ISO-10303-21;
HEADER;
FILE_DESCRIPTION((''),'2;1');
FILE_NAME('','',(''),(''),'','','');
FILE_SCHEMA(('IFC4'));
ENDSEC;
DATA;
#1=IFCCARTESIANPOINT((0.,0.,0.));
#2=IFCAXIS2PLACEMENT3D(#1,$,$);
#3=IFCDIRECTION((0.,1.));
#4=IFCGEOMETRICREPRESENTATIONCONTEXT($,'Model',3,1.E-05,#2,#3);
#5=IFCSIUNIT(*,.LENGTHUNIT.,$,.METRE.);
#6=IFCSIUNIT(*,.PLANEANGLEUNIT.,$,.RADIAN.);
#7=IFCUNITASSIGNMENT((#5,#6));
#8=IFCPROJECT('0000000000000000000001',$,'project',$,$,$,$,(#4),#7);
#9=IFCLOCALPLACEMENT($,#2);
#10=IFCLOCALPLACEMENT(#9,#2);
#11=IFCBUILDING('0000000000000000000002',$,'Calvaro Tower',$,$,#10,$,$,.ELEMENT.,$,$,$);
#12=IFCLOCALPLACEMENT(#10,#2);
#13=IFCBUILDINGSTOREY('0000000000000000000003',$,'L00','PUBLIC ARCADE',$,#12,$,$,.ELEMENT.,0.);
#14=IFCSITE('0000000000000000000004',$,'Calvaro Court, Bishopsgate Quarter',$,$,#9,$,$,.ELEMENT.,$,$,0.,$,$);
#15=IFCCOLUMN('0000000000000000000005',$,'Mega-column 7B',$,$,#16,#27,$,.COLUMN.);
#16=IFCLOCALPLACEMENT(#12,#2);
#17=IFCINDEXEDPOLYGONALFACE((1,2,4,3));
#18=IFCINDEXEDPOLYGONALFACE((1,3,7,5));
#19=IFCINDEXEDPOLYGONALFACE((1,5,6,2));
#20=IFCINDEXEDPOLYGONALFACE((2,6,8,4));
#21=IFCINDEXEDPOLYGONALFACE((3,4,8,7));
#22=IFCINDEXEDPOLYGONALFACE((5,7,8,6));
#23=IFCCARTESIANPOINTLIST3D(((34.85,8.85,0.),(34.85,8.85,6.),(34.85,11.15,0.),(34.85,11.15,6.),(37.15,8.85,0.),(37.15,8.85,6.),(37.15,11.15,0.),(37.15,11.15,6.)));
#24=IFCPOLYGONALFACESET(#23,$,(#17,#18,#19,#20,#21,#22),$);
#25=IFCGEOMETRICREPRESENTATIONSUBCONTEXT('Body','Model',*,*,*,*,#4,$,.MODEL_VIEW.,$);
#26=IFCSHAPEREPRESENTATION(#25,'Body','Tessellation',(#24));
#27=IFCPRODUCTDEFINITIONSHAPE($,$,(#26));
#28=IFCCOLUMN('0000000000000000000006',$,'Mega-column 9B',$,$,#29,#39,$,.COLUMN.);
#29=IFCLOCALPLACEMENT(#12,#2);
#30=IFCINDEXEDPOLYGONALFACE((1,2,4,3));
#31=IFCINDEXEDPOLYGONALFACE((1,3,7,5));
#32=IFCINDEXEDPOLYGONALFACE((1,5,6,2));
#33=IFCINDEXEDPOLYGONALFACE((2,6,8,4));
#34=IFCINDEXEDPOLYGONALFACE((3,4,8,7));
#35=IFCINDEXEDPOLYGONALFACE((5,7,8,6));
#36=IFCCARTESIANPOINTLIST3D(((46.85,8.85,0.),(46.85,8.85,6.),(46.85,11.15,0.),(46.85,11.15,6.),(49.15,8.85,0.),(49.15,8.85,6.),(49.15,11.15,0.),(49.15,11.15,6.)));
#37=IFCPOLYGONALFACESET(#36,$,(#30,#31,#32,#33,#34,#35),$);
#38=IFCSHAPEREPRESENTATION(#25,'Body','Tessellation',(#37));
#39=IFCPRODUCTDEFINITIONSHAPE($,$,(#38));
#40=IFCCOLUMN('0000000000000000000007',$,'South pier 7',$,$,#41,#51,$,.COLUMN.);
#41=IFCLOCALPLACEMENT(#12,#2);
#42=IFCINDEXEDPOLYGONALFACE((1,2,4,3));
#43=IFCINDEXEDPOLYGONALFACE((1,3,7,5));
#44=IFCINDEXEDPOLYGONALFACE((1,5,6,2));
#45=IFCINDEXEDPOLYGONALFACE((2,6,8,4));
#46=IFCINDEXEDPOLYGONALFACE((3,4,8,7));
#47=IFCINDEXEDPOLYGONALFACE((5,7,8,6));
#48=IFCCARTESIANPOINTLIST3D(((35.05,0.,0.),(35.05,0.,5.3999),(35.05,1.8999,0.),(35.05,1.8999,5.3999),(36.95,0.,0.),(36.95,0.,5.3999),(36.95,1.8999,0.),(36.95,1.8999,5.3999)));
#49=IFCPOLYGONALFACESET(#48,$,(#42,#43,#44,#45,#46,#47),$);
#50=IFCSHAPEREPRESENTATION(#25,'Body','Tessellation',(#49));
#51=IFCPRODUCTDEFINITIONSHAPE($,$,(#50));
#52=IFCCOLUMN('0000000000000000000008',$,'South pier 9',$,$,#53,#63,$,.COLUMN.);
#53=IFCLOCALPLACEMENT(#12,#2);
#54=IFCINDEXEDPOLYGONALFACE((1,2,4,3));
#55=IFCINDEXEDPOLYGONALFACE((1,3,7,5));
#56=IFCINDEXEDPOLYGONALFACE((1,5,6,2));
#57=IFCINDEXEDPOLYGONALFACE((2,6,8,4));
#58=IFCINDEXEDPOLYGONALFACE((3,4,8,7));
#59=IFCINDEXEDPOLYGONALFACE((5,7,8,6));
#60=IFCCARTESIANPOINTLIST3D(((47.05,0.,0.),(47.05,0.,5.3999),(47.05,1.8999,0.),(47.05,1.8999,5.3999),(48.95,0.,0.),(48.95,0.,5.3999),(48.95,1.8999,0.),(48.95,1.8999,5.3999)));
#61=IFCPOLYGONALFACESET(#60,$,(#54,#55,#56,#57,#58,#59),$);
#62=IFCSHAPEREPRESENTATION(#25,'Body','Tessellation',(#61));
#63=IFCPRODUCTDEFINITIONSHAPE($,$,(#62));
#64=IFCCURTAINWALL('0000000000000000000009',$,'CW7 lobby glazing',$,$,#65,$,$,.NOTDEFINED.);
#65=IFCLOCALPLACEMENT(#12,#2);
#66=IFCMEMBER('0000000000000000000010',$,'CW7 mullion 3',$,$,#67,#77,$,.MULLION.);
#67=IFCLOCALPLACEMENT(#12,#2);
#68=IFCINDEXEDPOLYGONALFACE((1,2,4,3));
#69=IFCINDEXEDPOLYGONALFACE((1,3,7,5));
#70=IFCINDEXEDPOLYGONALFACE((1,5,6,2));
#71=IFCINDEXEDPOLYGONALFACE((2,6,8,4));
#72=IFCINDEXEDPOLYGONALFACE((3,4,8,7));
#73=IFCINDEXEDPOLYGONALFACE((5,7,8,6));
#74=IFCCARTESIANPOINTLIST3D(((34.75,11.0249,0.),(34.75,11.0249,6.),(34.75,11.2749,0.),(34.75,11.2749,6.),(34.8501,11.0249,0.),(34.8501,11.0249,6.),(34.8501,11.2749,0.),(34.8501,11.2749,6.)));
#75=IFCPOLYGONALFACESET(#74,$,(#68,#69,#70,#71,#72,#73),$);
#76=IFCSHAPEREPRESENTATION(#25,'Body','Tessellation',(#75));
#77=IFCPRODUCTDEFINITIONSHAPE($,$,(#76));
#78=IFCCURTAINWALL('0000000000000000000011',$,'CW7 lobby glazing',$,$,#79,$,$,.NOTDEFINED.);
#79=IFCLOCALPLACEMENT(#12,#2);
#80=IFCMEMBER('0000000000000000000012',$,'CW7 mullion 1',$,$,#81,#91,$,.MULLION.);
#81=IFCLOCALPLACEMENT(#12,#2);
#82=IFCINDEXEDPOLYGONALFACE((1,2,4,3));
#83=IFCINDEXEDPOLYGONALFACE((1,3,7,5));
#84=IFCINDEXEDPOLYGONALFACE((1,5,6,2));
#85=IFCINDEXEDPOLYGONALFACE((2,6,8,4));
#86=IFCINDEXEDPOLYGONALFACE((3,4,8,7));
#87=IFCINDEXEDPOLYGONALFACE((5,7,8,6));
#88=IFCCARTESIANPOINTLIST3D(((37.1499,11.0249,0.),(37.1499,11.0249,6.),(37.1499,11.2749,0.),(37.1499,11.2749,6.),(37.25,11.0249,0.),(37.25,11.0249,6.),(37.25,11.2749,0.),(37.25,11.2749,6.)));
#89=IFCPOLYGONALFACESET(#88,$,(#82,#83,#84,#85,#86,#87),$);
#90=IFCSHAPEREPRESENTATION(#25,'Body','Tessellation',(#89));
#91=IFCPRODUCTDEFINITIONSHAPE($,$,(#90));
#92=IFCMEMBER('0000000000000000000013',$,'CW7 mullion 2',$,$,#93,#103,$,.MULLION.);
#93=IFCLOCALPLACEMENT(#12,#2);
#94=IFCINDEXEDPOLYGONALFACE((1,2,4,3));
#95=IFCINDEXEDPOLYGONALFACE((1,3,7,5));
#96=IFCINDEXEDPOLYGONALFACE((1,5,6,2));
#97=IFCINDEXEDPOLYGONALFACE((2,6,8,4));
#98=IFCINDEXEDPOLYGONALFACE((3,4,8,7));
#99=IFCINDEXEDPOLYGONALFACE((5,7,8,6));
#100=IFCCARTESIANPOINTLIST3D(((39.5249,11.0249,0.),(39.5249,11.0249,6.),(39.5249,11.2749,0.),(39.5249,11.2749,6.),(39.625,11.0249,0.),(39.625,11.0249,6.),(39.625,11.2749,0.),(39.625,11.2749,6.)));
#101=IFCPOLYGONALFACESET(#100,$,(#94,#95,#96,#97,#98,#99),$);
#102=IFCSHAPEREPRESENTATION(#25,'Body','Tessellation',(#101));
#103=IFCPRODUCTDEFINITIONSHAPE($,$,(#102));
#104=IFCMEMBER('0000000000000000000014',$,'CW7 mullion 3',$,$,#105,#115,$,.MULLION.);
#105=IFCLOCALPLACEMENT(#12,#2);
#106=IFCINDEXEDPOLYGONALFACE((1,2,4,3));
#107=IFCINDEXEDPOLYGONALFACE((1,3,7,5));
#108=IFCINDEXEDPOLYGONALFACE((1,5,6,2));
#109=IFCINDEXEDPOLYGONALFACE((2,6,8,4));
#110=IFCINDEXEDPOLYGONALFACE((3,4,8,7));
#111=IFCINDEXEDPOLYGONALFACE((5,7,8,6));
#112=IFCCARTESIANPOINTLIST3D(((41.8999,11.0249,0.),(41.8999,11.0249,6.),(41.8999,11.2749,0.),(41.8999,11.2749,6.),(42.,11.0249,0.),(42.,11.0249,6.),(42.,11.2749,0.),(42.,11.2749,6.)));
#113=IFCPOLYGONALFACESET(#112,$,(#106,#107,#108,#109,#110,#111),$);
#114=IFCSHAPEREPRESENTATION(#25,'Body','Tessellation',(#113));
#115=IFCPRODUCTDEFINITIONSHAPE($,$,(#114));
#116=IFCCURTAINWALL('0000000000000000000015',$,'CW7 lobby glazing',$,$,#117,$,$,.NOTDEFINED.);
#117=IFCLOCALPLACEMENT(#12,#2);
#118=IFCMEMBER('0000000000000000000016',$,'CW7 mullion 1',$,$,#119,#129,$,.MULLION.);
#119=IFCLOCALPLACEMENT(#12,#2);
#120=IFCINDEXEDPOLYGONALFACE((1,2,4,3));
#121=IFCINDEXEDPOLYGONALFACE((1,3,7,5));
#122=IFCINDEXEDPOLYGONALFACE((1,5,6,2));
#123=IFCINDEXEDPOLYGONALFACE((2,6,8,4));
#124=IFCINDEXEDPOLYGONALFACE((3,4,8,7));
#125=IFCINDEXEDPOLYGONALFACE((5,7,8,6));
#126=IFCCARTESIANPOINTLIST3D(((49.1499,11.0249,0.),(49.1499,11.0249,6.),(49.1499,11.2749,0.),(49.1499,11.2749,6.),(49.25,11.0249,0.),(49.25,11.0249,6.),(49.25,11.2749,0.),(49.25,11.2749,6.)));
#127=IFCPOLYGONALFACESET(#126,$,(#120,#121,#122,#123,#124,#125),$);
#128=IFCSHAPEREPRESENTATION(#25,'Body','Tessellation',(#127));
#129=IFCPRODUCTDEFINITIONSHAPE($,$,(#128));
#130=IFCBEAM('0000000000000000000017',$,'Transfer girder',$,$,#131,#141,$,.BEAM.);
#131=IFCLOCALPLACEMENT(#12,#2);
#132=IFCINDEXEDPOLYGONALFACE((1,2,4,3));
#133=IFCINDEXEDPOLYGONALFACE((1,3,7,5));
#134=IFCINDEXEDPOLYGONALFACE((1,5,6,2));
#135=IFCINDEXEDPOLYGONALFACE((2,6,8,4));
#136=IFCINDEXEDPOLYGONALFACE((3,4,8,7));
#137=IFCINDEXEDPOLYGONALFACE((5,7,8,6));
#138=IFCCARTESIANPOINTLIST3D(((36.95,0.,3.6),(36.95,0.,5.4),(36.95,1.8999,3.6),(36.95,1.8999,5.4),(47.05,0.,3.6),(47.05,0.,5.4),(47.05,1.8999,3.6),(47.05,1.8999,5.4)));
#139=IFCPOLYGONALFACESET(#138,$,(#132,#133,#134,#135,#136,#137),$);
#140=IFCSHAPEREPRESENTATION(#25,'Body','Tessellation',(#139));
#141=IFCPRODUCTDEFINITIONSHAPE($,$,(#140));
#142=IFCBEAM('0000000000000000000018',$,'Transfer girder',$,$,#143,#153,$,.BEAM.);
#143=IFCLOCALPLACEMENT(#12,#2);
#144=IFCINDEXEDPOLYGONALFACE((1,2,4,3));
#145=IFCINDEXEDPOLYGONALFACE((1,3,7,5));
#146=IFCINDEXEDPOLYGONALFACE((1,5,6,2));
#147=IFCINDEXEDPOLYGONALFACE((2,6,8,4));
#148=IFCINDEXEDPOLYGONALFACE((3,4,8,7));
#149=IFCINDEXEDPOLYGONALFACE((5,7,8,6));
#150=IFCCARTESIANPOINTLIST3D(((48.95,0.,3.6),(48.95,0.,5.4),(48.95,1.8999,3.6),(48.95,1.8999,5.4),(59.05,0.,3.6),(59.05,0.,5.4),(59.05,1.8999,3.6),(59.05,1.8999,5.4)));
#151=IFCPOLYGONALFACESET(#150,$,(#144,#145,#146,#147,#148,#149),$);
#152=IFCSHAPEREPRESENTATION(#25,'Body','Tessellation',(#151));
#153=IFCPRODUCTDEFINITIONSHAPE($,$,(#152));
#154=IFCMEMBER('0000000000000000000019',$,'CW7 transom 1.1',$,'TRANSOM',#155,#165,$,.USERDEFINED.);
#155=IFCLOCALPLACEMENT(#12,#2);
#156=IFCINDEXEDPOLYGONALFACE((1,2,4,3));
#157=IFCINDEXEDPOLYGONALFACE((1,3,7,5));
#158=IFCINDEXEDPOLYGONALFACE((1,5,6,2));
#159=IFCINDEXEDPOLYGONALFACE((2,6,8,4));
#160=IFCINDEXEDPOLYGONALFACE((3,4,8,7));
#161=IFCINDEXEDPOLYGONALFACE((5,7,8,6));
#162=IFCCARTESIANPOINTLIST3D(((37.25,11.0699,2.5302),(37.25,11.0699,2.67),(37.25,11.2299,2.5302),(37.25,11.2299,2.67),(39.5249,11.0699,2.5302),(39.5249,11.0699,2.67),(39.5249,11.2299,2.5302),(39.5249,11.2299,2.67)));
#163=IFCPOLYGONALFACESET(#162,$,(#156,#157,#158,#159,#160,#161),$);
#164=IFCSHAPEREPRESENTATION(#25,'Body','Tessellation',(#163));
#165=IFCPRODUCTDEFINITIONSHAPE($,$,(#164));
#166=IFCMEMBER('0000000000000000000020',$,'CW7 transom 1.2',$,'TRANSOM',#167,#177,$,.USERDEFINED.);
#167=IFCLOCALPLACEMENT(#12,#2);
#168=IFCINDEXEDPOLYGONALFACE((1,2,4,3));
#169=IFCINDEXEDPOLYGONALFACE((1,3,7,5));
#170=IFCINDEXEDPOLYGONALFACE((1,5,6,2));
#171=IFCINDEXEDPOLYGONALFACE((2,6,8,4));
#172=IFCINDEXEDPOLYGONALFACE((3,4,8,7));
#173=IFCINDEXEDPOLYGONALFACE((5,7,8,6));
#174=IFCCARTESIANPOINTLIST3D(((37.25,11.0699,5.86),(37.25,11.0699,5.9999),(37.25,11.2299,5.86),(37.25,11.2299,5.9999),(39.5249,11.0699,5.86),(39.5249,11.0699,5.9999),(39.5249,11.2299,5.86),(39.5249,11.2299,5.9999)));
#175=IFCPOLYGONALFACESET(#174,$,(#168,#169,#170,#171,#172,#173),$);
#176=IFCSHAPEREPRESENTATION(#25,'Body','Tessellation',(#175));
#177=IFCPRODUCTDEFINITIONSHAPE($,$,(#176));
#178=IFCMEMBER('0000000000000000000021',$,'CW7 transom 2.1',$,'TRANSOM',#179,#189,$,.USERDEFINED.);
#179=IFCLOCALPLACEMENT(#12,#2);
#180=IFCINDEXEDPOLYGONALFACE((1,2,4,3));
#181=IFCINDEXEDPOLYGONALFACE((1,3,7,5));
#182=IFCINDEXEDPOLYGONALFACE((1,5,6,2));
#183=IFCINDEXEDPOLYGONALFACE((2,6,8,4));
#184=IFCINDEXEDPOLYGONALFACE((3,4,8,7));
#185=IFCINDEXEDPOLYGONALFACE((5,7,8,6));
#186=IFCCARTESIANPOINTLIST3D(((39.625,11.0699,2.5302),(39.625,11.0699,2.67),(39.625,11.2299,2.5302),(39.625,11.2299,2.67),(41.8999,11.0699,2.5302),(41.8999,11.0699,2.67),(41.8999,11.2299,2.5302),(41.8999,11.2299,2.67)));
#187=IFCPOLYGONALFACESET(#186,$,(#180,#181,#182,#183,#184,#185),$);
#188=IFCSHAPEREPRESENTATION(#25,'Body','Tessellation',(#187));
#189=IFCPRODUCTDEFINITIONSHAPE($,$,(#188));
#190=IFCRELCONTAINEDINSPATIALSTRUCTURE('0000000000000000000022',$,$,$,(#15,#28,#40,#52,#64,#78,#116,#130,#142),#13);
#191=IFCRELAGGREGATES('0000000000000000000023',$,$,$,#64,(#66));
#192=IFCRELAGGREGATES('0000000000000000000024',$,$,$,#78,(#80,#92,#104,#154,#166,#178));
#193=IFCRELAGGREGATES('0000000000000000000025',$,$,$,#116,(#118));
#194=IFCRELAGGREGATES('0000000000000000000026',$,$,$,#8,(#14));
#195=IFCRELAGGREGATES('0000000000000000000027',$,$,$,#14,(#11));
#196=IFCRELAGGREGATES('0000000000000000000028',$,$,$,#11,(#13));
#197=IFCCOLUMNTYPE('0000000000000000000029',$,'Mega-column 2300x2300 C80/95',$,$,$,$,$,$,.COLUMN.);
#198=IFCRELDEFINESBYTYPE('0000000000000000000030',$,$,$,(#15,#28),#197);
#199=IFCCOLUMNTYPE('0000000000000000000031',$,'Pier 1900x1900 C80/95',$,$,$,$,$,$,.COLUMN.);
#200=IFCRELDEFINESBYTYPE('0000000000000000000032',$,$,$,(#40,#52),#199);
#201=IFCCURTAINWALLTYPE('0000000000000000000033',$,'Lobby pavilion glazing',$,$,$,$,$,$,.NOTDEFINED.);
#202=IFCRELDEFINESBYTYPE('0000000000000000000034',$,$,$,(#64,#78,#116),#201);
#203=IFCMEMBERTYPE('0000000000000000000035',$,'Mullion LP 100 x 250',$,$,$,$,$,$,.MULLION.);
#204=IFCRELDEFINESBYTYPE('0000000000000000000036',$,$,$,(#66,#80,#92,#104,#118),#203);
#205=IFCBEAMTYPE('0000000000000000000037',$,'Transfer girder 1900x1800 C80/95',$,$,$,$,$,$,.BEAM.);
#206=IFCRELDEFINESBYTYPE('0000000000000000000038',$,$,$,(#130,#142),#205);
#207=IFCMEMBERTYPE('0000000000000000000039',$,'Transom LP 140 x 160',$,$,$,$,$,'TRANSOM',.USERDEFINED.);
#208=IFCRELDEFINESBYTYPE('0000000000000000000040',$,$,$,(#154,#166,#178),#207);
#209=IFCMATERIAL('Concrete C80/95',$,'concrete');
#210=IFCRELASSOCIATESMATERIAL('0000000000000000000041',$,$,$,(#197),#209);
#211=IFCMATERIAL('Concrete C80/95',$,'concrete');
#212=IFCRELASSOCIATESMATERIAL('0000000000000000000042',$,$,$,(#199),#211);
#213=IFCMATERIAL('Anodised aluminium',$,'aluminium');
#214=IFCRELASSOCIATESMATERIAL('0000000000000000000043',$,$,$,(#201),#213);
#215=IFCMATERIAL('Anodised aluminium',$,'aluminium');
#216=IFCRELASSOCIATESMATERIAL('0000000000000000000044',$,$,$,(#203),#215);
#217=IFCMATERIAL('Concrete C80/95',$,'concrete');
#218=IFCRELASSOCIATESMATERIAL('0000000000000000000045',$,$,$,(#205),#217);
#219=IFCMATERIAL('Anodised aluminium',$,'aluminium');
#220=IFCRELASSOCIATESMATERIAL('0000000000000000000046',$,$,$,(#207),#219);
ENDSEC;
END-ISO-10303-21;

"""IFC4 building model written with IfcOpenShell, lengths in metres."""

from ifc_helpers import new_model, si_unit, direction, frame, origin, origin_2d, place, context, subcontext, project, spatial, rectangle, extrude, material, material_profile, profile_set, type_object, element, aggregate, save


model = new_model("IFC4")

# Units and contexts
model_context = context("Model", 3, precision=1e-05, world=origin(), true_north=direction((0.0, 1.0)))
body_context = subcontext(model_context, "Body", "Model", "MODEL_VIEW")
ifc_project = project(units=[si_unit("LENGTHUNIT", "METRE"), si_unit("PLANEANGLEUNIT", "RADIAN")], contexts=[model_context])

# Site, building, storey
site_placement = place(None, origin())
site = spatial("IfcSite", under=ifc_project, at=site_placement, Name="Calvaro Court, Bishopsgate Quarter", CompositionType="ELEMENT", RefElevation=0.0)
building_placement = place(site_placement, origin())
building = spatial("IfcBuilding", under=site, at=building_placement, Name="Calvaro Tower", CompositionType="ELEMENT")
storey_placement = place(building_placement, origin())
storey = spatial("IfcBuildingStorey", under=building, at=storey_placement, Name="L00", Description="PUBLIC ARCADE", CompositionType="ELEMENT", Elevation=0.0)

# Columns
ifc_material_1 = material(Name="Concrete C80/95", Category="concrete")
ifc_material_profile_1 = material_profile(ifc_material_1, rectangle(XDim=2.3, YDim=2.3, at=origin_2d()), Name="RC 2300x2300")
ifc_profile_set_1 = profile_set([ifc_material_profile_1], Name="Concrete C80/95")
column_type_1 = type_object("IfcColumnType", Name="Mega-column 2300x2300 C80/95", PredefinedType="COLUMN", material=ifc_profile_set_1)
for number, where, z_axis, x_axis, name in (
    (1, (36.0, 10.0, 0.0), (0.0, 0.0, 1.0), (1.0, 0.0, 0.0), "Mega-column 7B"),
    (2, (48.0, 10.0, 0.0), (0.0, 0.0, 1.0), (1.0, 0.0, 0.0), "Mega-column 9B"),
):
    element("IfcColumn", number, at=place(storey_placement, frame(where, z_axis=z_axis, x_axis=x_axis)), inside=storey, type_object=column_type_1, Name=name, PredefinedType="COLUMN", context=body_context, shape_type="SweptSolid", body=[
        extrude(rectangle(XDim=2.3, YDim=2.3, at=origin_2d()), origin(), (0.0, 0.0, 1.0), 6.0),
    ])
ifc_material_2 = material(Name="Concrete C80/95", Category="concrete")
ifc_material_profile_2 = material_profile(ifc_material_2, rectangle(XDim=1.8999, YDim=1.8999, at=origin_2d()), Name="RC 1900x1900")
ifc_profile_set_2 = profile_set([ifc_material_profile_2], Name="Concrete C80/95")
column_type_2 = type_object("IfcColumnType", Name="Pier 1900x1900 C80/95", PredefinedType="COLUMN", material=ifc_profile_set_2)
for number, where, z_axis, x_axis, name in (
    (3, (36.0, 0.95, 0.0), (0.0, 0.0, 1.0), (1.0, 0.0, 0.0), "South pier 7"),
    (4, (48.0, 0.95, 0.0), (0.0, 0.0, 1.0), (1.0, 0.0, 0.0), "South pier 9"),
):
    element("IfcColumn", number, at=place(storey_placement, frame(where, z_axis=z_axis, x_axis=x_axis)), inside=storey, type_object=column_type_2, Name=name, PredefinedType="COLUMN", context=body_context, shape_type="SweptSolid", body=[
        extrude(rectangle(XDim=1.8999, YDim=1.8999, at=origin_2d()), origin(), (0.0, 0.0, 1.0), 5.3999),
    ])

# Curtain wall, member
ifc_material_3 = material(Name="Anodised aluminium", Category="aluminium")
curtain_wall_type = type_object("IfcCurtainWallType", Name="Lobby pavilion glazing", PredefinedType="NOTDEFINED", material=ifc_material_3)
curtain_wall_1_placement = place(storey_placement, origin())
curtain_wall_1 = element("IfcCurtainWall", 5, at=curtain_wall_1_placement, inside=storey, type_object=curtain_wall_type, Name="CW7 lobby glazing", PredefinedType="NOTDEFINED")
ifc_material_4 = material(Name="Anodised aluminium", Category="aluminium")
ifc_material_profile_3 = material_profile(ifc_material_4, rectangle(XDim=0.25, YDim=0.1001, at=origin_2d()), Name="Mullion LP 100 x 250")
ifc_profile_set_3 = profile_set([ifc_material_profile_3], Name="Anodised aluminium")
member_type_1 = type_object("IfcMemberType", Name="Mullion LP 100 x 250", PredefinedType="MULLION", material=ifc_profile_set_3)
member_1_placement = place(storey_placement, frame((34.8, 11.1499, 0.0), z_axis=(0.0, 0.0, 1.0), x_axis=(0.0, 1.0, 0.0)))
member_1 = element("IfcMember", 6, at=member_1_placement, type_object=member_type_1, Name="CW7 mullion 3", PredefinedType="MULLION", context=body_context, shape_type="SweptSolid", body=[
    extrude(rectangle(XDim=0.25, YDim=0.1001, at=origin_2d()), origin(), (0.0, 0.0, 1.0), 6.0),
])

# Curtain wall, members
curtain_wall_2_placement = place(storey_placement, origin())
curtain_wall_2 = element("IfcCurtainWall", 7, at=curtain_wall_2_placement, inside=storey, type_object=curtain_wall_type, Name="CW7 lobby glazing", PredefinedType="NOTDEFINED")
member_2_placement = place(storey_placement, frame((37.2, 11.1499, 0.0), z_axis=(0.0, 0.0, 1.0), x_axis=(0.0, 1.0, 0.0)))
member_2 = element("IfcMember", 8, at=member_2_placement, type_object=member_type_1, Name="CW7 mullion 1", PredefinedType="MULLION", context=body_context, shape_type="SweptSolid", body=[
    extrude(rectangle(XDim=0.25, YDim=0.1001, at=origin_2d()), origin(), (0.0, 0.0, 1.0), 6.0),
])
member_3_placement = place(storey_placement, frame((39.575, 11.1499, 0.0), z_axis=(0.0, 0.0, 1.0), x_axis=(0.0, 1.0, 0.0)))
member_3 = element("IfcMember", 9, at=member_3_placement, type_object=member_type_1, Name="CW7 mullion 2", PredefinedType="MULLION", context=body_context, shape_type="SweptSolid", body=[
    extrude(rectangle(XDim=0.25, YDim=0.1001, at=origin_2d()), origin(), (0.0, 0.0, 1.0), 6.0),
])
member_4_placement = place(storey_placement, frame((41.95, 11.1499, 0.0), z_axis=(0.0, 0.0, 1.0), x_axis=(0.0, 1.0, 0.0)))
member_4 = element("IfcMember", 10, at=member_4_placement, type_object=member_type_1, Name="CW7 mullion 3", PredefinedType="MULLION", context=body_context, shape_type="SweptSolid", body=[
    extrude(rectangle(XDim=0.25, YDim=0.1001, at=origin_2d()), origin(), (0.0, 0.0, 1.0), 6.0),
])

# Curtain wall, member
curtain_wall_3_placement = place(storey_placement, origin())
curtain_wall_3 = element("IfcCurtainWall", 11, at=curtain_wall_3_placement, inside=storey, type_object=curtain_wall_type, Name="CW7 lobby glazing", PredefinedType="NOTDEFINED")
member_5_placement = place(storey_placement, frame((49.2, 11.1499, 0.0), z_axis=(0.0, 0.0, 1.0), x_axis=(0.0, 1.0, 0.0)))
member_5 = element("IfcMember", 12, at=member_5_placement, type_object=member_type_1, Name="CW7 mullion 1", PredefinedType="MULLION", context=body_context, shape_type="SweptSolid", body=[
    extrude(rectangle(XDim=0.25, YDim=0.1001, at=origin_2d()), origin(), (0.0, 0.0, 1.0), 6.0),
])

# Beams
ifc_material_5 = material(Name="Concrete C80/95", Category="concrete")
ifc_material_profile_4 = material_profile(ifc_material_5, rectangle(XDim=1.8999, YDim=1.8, at=origin_2d()), Name="RC 1900x1800")
ifc_profile_set_4 = profile_set([ifc_material_profile_4], Name="Concrete C80/95")
beam_type = type_object("IfcBeamType", Name="Transfer girder 1900x1800 C80/95", PredefinedType="BEAM", material=ifc_profile_set_4)
for number, where, z_axis, x_axis, name in (
    (13, (36.95, 0.95, 4.5), (1.0, 0.0, 0.0), (0.0, 1.0, 0.0), "Transfer girder"),
    (14, (48.95, 0.95, 4.5), (1.0, 0.0, 0.0), (0.0, 1.0, 0.0), "Transfer girder"),
):
    element("IfcBeam", number, at=place(storey_placement, frame(where, z_axis=z_axis, x_axis=x_axis)), inside=storey, type_object=beam_type, Name=name, PredefinedType="BEAM", context=body_context, shape_type="SweptSolid", body=[
        extrude(rectangle(XDim=1.8999, YDim=1.8, at=origin_2d()), origin(), (0.0, 0.0, 1.0), 10.1001),
    ])

# Members
ifc_material_6 = material(Name="Anodised aluminium", Category="aluminium")
ifc_material_profile_5 = material_profile(ifc_material_6, rectangle(XDim=0.1599, YDim=0.1399, at=origin_2d()), Name="Transom LP 140 x 160")
ifc_profile_set_5 = profile_set([ifc_material_profile_5], Name="Anodised aluminium")
member_type_2 = type_object("IfcMemberType", Name="Transom LP 140 x 160", ElementType="TRANSOM", PredefinedType="USERDEFINED", material=ifc_profile_set_5)
member_6_placement = place(storey_placement, frame((37.25, 11.1499, 2.6001), z_axis=(1.0, 0.0, 0.0), x_axis=(0.0, 1.0, 0.0)))
member_6 = element("IfcMember", 15, at=member_6_placement, type_object=member_type_2, Name="CW7 transom 1.1", ObjectType="TRANSOM", PredefinedType="USERDEFINED", context=body_context, shape_type="SweptSolid", body=[
    extrude(rectangle(XDim=0.1599, YDim=0.1399, at=origin_2d()), origin(), (0.0, 0.0, 1.0), 2.2749),
])
member_7_placement = place(storey_placement, frame((37.25, 11.1499, 5.9299), z_axis=(1.0, 0.0, 0.0), x_axis=(0.0, 1.0, 0.0)))
member_7 = element("IfcMember", 16, at=member_7_placement, type_object=member_type_2, Name="CW7 transom 1.2", ObjectType="TRANSOM", PredefinedType="USERDEFINED", context=body_context, shape_type="SweptSolid", body=[
    extrude(rectangle(XDim=0.1599, YDim=0.1399, at=origin_2d()), origin(), (0.0, 0.0, 1.0), 2.2749),
])
member_8_placement = place(storey_placement, frame((39.625, 11.1499, 2.6001), z_axis=(1.0, 0.0, 0.0), x_axis=(0.0, 1.0, 0.0)))
member_8 = element("IfcMember", 17, at=member_8_placement, type_object=member_type_2, Name="CW7 transom 2.1", ObjectType="TRANSOM", PredefinedType="USERDEFINED", context=body_context, shape_type="SweptSolid", body=[
    extrude(rectangle(XDim=0.1599, YDim=0.1399, at=origin_2d()), origin(), (0.0, 0.0, 1.0), 2.2749),
])

aggregate(curtain_wall_1, [member_1])
aggregate(curtain_wall_2, [member_2, member_3, member_4, member_6, member_7, member_8])
aggregate(curtain_wall_3, [member_5])

save(model, "model.ifc")
